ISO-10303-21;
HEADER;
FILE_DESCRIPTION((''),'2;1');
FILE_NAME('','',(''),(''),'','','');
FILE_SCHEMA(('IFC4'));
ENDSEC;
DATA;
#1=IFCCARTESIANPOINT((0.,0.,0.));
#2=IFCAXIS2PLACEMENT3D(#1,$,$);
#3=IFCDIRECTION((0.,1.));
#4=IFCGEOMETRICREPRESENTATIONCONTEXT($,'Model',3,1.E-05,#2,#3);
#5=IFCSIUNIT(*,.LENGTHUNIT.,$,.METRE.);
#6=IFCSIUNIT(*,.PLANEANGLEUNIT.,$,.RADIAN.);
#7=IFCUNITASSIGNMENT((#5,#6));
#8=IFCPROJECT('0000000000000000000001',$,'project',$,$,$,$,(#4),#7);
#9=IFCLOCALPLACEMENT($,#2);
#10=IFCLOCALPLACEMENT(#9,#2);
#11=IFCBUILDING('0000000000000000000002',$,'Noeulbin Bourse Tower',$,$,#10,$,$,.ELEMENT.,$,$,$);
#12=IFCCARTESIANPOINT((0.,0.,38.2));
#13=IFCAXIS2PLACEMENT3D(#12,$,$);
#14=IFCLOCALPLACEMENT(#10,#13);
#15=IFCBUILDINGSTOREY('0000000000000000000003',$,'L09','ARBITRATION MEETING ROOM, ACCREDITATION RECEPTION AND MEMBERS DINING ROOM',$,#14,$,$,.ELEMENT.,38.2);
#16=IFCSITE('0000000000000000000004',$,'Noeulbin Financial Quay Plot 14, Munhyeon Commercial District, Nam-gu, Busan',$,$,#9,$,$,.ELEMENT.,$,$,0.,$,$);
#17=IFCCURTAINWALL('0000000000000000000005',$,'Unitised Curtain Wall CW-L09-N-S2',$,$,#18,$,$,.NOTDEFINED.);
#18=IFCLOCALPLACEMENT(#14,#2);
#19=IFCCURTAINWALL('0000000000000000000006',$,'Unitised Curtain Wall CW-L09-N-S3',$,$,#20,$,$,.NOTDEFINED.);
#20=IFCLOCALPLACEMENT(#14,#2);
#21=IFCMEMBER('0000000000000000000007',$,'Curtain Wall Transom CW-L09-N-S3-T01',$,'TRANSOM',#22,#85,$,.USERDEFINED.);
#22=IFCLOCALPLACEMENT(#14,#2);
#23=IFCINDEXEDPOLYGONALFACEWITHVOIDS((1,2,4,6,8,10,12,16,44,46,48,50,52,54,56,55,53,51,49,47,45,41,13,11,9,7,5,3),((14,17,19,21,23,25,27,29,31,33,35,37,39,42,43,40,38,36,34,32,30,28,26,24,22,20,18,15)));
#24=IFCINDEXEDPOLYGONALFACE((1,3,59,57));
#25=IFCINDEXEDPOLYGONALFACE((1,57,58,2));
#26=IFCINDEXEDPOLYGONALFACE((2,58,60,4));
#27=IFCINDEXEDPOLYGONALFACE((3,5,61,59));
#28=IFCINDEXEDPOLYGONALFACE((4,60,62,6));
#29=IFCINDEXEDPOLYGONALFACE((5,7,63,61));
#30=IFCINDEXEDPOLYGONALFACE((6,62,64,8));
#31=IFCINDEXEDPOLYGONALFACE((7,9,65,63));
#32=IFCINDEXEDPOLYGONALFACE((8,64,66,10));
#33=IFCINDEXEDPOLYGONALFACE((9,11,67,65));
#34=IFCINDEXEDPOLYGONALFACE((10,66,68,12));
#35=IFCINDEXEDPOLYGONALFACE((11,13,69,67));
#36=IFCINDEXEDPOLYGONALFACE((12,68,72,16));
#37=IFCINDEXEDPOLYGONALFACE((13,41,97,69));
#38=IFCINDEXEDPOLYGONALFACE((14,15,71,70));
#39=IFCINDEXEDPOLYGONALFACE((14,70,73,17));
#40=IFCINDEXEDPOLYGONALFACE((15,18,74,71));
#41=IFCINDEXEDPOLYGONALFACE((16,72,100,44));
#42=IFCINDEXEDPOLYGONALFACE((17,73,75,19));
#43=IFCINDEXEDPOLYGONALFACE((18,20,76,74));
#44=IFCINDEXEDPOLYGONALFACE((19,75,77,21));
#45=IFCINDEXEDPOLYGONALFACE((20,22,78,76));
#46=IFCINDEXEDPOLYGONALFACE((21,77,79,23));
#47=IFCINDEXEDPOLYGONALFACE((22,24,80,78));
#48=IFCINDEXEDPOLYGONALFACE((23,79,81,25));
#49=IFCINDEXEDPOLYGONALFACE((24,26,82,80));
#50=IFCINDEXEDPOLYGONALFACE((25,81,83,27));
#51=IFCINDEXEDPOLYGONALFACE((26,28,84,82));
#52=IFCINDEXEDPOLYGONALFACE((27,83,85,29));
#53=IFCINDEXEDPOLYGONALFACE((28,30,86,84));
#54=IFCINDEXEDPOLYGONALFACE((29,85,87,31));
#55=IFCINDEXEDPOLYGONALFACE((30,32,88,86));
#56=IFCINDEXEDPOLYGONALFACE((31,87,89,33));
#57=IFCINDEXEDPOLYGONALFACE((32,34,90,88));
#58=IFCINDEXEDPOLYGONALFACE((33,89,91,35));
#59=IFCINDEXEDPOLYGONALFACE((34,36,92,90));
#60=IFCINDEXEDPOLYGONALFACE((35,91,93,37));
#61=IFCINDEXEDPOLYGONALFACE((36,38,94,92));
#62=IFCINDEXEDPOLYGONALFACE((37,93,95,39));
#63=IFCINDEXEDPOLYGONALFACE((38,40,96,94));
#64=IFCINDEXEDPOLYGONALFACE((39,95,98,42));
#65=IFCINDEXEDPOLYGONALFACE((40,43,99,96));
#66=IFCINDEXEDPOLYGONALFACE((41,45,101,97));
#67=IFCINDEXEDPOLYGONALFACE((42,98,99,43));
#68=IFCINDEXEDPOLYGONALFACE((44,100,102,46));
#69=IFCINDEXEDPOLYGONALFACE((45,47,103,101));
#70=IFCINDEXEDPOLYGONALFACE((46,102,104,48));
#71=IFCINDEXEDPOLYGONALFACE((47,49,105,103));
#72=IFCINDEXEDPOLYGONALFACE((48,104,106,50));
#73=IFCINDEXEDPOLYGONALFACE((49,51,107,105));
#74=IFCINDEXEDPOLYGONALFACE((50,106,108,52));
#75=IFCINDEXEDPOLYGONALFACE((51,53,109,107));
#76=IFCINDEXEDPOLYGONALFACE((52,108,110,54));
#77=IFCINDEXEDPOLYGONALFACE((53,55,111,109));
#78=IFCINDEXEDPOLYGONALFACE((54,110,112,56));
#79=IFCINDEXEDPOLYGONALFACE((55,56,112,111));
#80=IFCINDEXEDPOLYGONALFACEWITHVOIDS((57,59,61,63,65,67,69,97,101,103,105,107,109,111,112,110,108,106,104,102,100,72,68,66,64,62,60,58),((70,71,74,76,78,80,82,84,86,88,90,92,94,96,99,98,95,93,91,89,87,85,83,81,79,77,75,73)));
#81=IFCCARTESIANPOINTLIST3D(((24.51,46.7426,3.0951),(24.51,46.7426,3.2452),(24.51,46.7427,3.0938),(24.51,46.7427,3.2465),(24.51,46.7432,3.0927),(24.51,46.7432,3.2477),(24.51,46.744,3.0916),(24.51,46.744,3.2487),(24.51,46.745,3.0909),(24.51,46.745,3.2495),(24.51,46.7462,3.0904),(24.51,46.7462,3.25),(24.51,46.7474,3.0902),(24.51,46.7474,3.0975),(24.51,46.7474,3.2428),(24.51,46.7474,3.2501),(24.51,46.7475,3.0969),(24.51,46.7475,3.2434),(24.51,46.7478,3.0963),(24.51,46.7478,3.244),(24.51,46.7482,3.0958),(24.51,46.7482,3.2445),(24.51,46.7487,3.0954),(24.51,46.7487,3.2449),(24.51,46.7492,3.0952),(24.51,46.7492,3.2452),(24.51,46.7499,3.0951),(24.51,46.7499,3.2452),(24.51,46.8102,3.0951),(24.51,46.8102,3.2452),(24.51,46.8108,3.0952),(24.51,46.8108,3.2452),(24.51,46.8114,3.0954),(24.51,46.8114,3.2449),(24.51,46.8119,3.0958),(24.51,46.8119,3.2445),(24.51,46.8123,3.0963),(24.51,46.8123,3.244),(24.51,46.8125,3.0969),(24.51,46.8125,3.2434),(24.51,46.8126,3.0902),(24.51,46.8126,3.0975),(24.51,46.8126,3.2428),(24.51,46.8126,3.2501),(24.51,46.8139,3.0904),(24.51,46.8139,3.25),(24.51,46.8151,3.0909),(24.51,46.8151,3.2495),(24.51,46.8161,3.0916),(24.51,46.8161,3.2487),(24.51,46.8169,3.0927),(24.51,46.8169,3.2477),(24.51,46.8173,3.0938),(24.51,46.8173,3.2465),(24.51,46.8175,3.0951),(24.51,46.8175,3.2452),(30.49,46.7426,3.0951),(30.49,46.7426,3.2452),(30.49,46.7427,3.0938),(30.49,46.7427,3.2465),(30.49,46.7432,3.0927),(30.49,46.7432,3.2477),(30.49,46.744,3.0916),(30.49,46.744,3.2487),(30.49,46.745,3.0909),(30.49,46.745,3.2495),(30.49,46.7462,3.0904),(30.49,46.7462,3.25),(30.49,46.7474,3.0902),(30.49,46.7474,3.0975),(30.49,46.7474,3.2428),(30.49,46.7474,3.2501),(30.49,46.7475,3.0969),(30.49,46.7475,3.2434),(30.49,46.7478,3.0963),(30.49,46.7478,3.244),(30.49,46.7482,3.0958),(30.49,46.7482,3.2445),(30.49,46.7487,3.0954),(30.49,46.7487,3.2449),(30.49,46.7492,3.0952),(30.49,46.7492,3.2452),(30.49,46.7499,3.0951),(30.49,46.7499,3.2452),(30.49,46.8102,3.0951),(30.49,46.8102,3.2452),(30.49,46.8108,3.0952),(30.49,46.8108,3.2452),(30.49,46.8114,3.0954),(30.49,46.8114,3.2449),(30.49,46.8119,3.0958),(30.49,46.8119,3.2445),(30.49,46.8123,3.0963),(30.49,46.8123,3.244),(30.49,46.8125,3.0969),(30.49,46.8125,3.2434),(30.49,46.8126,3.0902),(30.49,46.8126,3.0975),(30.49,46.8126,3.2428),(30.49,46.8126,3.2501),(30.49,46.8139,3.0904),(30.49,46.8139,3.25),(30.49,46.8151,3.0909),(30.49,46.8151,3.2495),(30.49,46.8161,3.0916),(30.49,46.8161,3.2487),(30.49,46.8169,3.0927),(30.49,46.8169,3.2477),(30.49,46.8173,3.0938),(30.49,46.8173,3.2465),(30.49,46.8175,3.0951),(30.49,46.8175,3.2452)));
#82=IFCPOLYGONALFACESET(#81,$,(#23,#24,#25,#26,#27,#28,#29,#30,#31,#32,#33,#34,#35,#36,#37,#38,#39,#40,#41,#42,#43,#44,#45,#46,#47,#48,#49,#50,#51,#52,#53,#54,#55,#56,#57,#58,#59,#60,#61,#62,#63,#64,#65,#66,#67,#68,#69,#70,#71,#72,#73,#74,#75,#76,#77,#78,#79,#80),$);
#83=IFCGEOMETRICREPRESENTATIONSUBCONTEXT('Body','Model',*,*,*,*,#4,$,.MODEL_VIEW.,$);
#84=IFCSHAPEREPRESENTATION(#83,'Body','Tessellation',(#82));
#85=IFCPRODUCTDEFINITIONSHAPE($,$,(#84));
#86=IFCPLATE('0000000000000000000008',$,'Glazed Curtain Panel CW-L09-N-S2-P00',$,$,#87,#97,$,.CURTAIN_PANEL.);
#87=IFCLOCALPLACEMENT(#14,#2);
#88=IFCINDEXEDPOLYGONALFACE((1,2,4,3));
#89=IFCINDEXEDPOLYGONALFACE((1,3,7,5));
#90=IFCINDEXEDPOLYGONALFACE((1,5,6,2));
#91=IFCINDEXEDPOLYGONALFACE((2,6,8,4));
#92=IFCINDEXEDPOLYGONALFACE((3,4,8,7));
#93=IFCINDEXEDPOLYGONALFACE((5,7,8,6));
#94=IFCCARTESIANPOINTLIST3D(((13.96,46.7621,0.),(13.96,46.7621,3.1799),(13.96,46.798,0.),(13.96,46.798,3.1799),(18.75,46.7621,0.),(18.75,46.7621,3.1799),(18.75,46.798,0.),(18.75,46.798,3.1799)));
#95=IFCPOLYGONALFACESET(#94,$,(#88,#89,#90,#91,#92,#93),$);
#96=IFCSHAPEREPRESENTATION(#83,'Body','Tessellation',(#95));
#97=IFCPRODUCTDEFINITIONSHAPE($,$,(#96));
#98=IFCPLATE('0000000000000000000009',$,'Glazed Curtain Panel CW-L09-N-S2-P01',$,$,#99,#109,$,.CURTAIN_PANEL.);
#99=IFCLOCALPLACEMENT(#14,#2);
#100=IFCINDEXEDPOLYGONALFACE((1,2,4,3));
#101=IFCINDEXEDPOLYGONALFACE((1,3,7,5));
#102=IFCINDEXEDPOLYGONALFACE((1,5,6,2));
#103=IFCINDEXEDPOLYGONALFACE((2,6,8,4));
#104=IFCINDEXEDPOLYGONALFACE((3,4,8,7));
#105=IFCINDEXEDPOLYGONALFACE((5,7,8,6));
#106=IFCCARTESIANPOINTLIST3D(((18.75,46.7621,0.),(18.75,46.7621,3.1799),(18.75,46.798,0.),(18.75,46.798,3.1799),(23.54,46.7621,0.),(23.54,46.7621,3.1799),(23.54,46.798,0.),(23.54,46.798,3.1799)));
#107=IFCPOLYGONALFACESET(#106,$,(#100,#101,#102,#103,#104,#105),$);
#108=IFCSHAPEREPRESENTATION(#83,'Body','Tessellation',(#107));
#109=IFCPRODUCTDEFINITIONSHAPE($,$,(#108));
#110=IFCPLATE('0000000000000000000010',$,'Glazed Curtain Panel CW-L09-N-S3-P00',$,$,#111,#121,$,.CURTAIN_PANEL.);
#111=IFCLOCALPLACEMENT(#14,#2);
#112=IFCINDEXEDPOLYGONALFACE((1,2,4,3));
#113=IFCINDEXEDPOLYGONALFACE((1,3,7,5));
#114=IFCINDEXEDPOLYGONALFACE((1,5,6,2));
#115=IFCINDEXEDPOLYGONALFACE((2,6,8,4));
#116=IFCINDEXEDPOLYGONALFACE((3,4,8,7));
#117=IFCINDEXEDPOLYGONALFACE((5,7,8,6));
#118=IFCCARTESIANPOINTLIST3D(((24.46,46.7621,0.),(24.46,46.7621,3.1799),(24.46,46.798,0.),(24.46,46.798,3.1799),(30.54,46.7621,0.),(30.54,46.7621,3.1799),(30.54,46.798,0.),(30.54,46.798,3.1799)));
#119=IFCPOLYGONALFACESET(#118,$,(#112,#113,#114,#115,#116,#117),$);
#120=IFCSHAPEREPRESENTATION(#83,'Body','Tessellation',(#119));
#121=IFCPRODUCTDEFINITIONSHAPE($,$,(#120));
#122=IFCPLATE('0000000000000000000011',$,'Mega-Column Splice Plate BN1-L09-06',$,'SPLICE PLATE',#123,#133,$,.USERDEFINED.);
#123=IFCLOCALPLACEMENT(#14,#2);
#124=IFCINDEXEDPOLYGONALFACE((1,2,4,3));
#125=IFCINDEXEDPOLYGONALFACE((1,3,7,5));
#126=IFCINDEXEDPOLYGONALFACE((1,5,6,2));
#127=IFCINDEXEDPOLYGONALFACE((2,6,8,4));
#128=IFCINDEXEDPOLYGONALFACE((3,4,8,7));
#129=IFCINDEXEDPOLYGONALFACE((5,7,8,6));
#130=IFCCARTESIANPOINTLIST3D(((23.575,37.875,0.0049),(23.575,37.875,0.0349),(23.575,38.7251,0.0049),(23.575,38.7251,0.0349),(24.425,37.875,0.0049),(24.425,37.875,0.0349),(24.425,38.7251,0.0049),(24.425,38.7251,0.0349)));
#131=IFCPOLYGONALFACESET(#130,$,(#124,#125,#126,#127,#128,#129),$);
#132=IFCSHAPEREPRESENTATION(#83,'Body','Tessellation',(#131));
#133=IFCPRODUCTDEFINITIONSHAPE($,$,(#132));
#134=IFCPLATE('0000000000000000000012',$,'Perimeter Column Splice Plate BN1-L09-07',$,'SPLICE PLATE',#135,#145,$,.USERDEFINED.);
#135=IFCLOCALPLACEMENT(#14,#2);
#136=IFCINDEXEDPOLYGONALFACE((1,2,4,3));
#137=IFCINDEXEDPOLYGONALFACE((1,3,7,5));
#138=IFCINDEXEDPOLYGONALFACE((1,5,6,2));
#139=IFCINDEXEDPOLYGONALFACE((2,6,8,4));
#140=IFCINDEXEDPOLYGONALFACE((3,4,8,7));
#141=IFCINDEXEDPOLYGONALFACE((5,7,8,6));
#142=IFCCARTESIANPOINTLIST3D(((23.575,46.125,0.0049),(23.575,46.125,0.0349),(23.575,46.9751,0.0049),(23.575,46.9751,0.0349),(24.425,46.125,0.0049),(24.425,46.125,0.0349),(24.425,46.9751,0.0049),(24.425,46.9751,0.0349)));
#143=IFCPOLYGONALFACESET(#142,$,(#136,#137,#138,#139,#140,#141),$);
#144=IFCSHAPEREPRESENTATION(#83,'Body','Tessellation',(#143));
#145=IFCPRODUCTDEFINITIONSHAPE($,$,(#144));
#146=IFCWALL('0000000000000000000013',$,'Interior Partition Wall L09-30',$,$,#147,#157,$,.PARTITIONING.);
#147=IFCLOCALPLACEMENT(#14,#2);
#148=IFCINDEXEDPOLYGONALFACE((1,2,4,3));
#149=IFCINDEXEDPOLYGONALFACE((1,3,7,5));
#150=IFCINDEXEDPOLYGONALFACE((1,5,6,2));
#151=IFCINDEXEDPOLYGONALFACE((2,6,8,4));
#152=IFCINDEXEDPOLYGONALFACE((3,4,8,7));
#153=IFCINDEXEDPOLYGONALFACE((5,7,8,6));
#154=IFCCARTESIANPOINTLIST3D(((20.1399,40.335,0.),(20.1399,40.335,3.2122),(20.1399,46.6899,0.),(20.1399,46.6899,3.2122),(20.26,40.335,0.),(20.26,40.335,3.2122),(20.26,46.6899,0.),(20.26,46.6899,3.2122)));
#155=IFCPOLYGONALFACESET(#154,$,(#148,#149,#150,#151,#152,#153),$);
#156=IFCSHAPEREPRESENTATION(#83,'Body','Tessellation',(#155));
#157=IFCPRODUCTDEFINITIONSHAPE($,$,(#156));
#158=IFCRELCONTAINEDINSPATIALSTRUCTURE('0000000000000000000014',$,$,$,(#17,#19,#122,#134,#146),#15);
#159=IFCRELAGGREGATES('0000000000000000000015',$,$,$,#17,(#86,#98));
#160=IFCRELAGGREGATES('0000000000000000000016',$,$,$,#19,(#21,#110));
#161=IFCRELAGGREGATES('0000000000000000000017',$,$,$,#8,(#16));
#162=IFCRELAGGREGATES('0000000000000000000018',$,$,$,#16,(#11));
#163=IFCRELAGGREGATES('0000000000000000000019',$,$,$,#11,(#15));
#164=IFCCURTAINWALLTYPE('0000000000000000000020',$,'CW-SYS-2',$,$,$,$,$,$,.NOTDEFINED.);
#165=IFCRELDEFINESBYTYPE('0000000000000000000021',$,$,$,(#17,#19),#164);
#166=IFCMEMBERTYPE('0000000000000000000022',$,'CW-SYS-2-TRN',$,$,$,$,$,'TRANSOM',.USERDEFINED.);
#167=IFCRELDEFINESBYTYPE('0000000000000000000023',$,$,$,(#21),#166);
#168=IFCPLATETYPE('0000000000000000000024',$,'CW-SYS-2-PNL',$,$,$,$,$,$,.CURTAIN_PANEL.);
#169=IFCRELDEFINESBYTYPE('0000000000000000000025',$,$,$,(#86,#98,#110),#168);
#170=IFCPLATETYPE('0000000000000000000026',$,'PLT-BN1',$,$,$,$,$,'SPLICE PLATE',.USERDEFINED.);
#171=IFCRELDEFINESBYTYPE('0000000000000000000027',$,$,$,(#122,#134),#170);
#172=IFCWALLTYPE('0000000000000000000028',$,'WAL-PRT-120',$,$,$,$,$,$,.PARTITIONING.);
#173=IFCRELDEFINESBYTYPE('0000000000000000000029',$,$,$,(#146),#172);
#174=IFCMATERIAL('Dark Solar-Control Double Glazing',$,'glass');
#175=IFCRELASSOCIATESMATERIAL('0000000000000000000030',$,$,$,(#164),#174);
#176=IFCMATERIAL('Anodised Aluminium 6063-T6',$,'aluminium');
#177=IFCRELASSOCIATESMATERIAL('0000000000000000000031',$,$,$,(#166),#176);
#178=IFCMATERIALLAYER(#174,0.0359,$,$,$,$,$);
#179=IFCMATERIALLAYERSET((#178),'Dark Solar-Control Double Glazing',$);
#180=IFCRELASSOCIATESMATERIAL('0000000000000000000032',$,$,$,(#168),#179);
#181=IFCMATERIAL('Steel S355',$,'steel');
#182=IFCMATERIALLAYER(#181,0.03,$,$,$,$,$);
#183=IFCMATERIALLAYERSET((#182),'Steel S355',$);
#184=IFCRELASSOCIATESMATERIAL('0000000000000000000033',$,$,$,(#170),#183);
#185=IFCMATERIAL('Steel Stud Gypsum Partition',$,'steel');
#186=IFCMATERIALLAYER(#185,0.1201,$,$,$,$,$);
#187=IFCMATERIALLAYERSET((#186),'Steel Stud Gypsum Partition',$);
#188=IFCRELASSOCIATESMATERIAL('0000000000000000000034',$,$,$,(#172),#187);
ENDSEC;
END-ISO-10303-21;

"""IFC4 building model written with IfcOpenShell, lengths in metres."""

from ifc_helpers import new_model, si_unit, direction, frame, frame_2d, origin, origin_2d, place, context, subcontext, project, spatial, rectangle, hollow_rectangle, extrude, material, layer, layer_set, material_profile, profile_set, type_object, element, aggregate, save


model = new_model("IFC4")

# Units and contexts
model_context = context("Model", 3, precision=1e-05, world=origin(), true_north=direction((0.0, 1.0)))
body_context = subcontext(model_context, "Body", "Model", "MODEL_VIEW")
ifc_project = project(units=[si_unit("LENGTHUNIT", "METRE"), si_unit("PLANEANGLEUNIT", "RADIAN")], contexts=[model_context])

# Site, building, storey
site_placement = place(None, origin())
site = spatial("IfcSite", under=ifc_project, at=site_placement, Name="Noeulbin Financial Quay Plot 14, Munhyeon Commercial District, Nam-gu, Busan", CompositionType="ELEMENT", RefElevation=0.0)
building_placement = place(site_placement, origin())
building = spatial("IfcBuilding", under=site, at=building_placement, Name="Noeulbin Bourse Tower", CompositionType="ELEMENT")
storey_placement = place(building_placement, frame((0.0, 0.0, 38.2)))
storey = spatial("IfcBuildingStorey", under=building, at=storey_placement, Name="L09", Description="ARBITRATION MEETING ROOM, ACCREDITATION RECEPTION AND MEMBERS DINING ROOM", CompositionType="ELEMENT", Elevation=38.2)

# Shared definitions
ifc_material_1 = material(Name="Steel S355", Category="steel")

# Curtain walls, member
ifc_material_2 = material(Name="Dark Solar-Control Double Glazing", Category="glass")
curtain_wall_type = type_object("IfcCurtainWallType", Name="CW-SYS-2", PredefinedType="NOTDEFINED", material=ifc_material_2)
curtain_wall_1_placement = place(storey_placement, origin())
curtain_wall_1 = element("IfcCurtainWall", 1, at=curtain_wall_1_placement, inside=storey, type_object=curtain_wall_type, Name="Unitised Curtain Wall CW-L09-N-S2", PredefinedType="NOTDEFINED")
ifc_material_3 = material(Name="Anodised Aluminium 6063-T6", Category="aluminium")
curtain_wall_2_placement = place(storey_placement, origin())
curtain_wall_2 = element("IfcCurtainWall", 2, at=curtain_wall_2_placement, inside=storey, type_object=curtain_wall_type, Name="Unitised Curtain Wall CW-L09-N-S3", PredefinedType="NOTDEFINED")
ifc_material_profile_1 = material_profile(ifc_material_3, hollow_rectangle(XDim=0.075, YDim=0.1599, WallThickness=0.0049, InnerFilletRadius=0.0024, OuterFilletRadius=0.0049, at=origin_2d()), Name="ALU-TRAN-75x160x5", Category="LoadBearing")
ifc_profile_set_1 = profile_set([ifc_material_profile_1], Name="Anodised Aluminium 6063-T6")
member_type_1 = type_object("IfcMemberType", Name="CW-SYS-2-TRN", ElementType="TRANSOM", PredefinedType="USERDEFINED", material=ifc_profile_set_1)
member_1_placement = place(storey_placement, frame((24.51, 46.78, 3.1702), z_axis=(1.0, 0.0, 0.0), x_axis=(0.0, 1.0, 0.0)))
member_1 = element("IfcMember", 3, at=member_1_placement, type_object=member_type_1, Name="Curtain Wall Transom CW-L09-N-S3-T01", ObjectType="TRANSOM", PredefinedType="USERDEFINED", context=body_context, shape_type="SweptSolid", body=[
    extrude(hollow_rectangle(XDim=0.075, YDim=0.1599, WallThickness=0.0049, InnerFilletRadius=0.0024, OuterFilletRadius=0.0049, at=origin_2d()), origin(), (0.0, 0.0, 1.0), 5.98),
])

# Plates
ifc_layer_1 = layer(ifc_material_2, 0.0359)
ifc_layer_set_1 = layer_set([ifc_layer_1], Name="Dark Solar-Control Double Glazing")
plate_type_1 = type_object("IfcPlateType", Name="CW-SYS-2-PNL", PredefinedType="CURTAIN_PANEL", material=ifc_layer_set_1)
plate_1_placement = place(storey_placement, frame((16.355, 46.78, 0.0), z_axis=(0.0, 0.0, 1.0), x_axis=(1.0, 0.0, 0.0)))
plate_1 = element("IfcPlate", 4, at=plate_1_placement, type_object=plate_type_1, Name="Glazed Curtain Panel CW-L09-N-S2-P00", PredefinedType="CURTAIN_PANEL", context=body_context, shape_type="SweptSolid", body=[
    extrude(rectangle(XDim=4.79, YDim=0.0359, at=origin_2d()), origin(), (0.0, 0.0, 1.0), 3.1799),
])
plate_2_placement = place(storey_placement, frame((21.145, 46.78, 0.0), z_axis=(0.0, 0.0, 1.0), x_axis=(1.0, 0.0, 0.0)))
plate_2 = element("IfcPlate", 5, at=plate_2_placement, type_object=plate_type_1, Name="Glazed Curtain Panel CW-L09-N-S2-P01", PredefinedType="CURTAIN_PANEL", context=body_context, shape_type="SweptSolid", body=[
    extrude(rectangle(XDim=4.79, YDim=0.0359, at=origin_2d()), origin(), (0.0, 0.0, 1.0), 3.1799),
])
aggregate(curtain_wall_1, [plate_1, plate_2])
plate_3_placement = place(storey_placement, frame((27.5, 46.78, 0.0), z_axis=(0.0, 0.0, 1.0), x_axis=(1.0, 0.0, 0.0)))
plate_3 = element("IfcPlate", 6, at=plate_3_placement, type_object=plate_type_1, Name="Glazed Curtain Panel CW-L09-N-S3-P00", PredefinedType="CURTAIN_PANEL", context=body_context, shape_type="SweptSolid", body=[
    extrude(rectangle(XDim=6.0801, YDim=0.0359, at=origin_2d()), origin(), (0.0, 0.0, 1.0), 3.1799),
])
aggregate(curtain_wall_2, [member_1, plate_3])

# Plates
ifc_layer_2 = layer(ifc_material_1, 0.03)
ifc_layer_set_2 = layer_set([ifc_layer_2], Name="Steel S355")
plate_type_2 = type_object("IfcPlateType", Name="PLT-BN1", ElementType="SPLICE PLATE", PredefinedType="USERDEFINED", material=ifc_layer_set_2)
for number, where, z_axis, x_axis, name in (
    (7, (24.0, 38.3, 0.0049), (0.0, 0.0, 1.0), (1.0, 0.0, 0.0), "Mega-Column Splice Plate BN1-L09-06"),
    (8, (24.0, 46.55, 0.0049), (0.0, 0.0, 1.0), (1.0, 0.0, 0.0), "Perimeter Column Splice Plate BN1-L09-07"),
):
    element("IfcPlate", number, at=place(storey_placement, frame(where, z_axis=z_axis, x_axis=x_axis)), inside=storey, type_object=plate_type_2, Name=name, ObjectType="SPLICE PLATE", PredefinedType="USERDEFINED", context=body_context, shape_type="SweptSolid", body=[
        extrude(rectangle(XDim=0.8501, YDim=0.8501, at=origin_2d()), origin(), (0.0, 0.0, 1.0), 0.03),
    ])

# Wall
ifc_material_4 = material(Name="Steel Stud Gypsum Partition", Category="steel")
ifc_layer_3 = layer(ifc_material_4, 0.1201)
ifc_layer_set_3 = layer_set([ifc_layer_3], Name="Steel Stud Gypsum Partition")
wall_type = type_object("IfcWallType", Name="WAL-PRT-120", PredefinedType="PARTITIONING", material=ifc_layer_set_3)
wall_placement = place(storey_placement, frame((20.2, 40.335, 0.0), z_axis=(0.0, 0.0, 1.0), x_axis=(0.0, 1.0, 0.0)))
element("IfcWall", 9, at=wall_placement, inside=storey, type_object=wall_type, Name="Interior Partition Wall L09-30", PredefinedType="PARTITIONING", context=body_context, shape_type="SweptSolid", body=[
    extrude(rectangle(XDim=6.355, YDim=0.1201, at=frame_2d((3.1775, 0.0))), origin(), (0.0, 0.0, 1.0), 3.2122),
])

save(model, "model.ifc")
